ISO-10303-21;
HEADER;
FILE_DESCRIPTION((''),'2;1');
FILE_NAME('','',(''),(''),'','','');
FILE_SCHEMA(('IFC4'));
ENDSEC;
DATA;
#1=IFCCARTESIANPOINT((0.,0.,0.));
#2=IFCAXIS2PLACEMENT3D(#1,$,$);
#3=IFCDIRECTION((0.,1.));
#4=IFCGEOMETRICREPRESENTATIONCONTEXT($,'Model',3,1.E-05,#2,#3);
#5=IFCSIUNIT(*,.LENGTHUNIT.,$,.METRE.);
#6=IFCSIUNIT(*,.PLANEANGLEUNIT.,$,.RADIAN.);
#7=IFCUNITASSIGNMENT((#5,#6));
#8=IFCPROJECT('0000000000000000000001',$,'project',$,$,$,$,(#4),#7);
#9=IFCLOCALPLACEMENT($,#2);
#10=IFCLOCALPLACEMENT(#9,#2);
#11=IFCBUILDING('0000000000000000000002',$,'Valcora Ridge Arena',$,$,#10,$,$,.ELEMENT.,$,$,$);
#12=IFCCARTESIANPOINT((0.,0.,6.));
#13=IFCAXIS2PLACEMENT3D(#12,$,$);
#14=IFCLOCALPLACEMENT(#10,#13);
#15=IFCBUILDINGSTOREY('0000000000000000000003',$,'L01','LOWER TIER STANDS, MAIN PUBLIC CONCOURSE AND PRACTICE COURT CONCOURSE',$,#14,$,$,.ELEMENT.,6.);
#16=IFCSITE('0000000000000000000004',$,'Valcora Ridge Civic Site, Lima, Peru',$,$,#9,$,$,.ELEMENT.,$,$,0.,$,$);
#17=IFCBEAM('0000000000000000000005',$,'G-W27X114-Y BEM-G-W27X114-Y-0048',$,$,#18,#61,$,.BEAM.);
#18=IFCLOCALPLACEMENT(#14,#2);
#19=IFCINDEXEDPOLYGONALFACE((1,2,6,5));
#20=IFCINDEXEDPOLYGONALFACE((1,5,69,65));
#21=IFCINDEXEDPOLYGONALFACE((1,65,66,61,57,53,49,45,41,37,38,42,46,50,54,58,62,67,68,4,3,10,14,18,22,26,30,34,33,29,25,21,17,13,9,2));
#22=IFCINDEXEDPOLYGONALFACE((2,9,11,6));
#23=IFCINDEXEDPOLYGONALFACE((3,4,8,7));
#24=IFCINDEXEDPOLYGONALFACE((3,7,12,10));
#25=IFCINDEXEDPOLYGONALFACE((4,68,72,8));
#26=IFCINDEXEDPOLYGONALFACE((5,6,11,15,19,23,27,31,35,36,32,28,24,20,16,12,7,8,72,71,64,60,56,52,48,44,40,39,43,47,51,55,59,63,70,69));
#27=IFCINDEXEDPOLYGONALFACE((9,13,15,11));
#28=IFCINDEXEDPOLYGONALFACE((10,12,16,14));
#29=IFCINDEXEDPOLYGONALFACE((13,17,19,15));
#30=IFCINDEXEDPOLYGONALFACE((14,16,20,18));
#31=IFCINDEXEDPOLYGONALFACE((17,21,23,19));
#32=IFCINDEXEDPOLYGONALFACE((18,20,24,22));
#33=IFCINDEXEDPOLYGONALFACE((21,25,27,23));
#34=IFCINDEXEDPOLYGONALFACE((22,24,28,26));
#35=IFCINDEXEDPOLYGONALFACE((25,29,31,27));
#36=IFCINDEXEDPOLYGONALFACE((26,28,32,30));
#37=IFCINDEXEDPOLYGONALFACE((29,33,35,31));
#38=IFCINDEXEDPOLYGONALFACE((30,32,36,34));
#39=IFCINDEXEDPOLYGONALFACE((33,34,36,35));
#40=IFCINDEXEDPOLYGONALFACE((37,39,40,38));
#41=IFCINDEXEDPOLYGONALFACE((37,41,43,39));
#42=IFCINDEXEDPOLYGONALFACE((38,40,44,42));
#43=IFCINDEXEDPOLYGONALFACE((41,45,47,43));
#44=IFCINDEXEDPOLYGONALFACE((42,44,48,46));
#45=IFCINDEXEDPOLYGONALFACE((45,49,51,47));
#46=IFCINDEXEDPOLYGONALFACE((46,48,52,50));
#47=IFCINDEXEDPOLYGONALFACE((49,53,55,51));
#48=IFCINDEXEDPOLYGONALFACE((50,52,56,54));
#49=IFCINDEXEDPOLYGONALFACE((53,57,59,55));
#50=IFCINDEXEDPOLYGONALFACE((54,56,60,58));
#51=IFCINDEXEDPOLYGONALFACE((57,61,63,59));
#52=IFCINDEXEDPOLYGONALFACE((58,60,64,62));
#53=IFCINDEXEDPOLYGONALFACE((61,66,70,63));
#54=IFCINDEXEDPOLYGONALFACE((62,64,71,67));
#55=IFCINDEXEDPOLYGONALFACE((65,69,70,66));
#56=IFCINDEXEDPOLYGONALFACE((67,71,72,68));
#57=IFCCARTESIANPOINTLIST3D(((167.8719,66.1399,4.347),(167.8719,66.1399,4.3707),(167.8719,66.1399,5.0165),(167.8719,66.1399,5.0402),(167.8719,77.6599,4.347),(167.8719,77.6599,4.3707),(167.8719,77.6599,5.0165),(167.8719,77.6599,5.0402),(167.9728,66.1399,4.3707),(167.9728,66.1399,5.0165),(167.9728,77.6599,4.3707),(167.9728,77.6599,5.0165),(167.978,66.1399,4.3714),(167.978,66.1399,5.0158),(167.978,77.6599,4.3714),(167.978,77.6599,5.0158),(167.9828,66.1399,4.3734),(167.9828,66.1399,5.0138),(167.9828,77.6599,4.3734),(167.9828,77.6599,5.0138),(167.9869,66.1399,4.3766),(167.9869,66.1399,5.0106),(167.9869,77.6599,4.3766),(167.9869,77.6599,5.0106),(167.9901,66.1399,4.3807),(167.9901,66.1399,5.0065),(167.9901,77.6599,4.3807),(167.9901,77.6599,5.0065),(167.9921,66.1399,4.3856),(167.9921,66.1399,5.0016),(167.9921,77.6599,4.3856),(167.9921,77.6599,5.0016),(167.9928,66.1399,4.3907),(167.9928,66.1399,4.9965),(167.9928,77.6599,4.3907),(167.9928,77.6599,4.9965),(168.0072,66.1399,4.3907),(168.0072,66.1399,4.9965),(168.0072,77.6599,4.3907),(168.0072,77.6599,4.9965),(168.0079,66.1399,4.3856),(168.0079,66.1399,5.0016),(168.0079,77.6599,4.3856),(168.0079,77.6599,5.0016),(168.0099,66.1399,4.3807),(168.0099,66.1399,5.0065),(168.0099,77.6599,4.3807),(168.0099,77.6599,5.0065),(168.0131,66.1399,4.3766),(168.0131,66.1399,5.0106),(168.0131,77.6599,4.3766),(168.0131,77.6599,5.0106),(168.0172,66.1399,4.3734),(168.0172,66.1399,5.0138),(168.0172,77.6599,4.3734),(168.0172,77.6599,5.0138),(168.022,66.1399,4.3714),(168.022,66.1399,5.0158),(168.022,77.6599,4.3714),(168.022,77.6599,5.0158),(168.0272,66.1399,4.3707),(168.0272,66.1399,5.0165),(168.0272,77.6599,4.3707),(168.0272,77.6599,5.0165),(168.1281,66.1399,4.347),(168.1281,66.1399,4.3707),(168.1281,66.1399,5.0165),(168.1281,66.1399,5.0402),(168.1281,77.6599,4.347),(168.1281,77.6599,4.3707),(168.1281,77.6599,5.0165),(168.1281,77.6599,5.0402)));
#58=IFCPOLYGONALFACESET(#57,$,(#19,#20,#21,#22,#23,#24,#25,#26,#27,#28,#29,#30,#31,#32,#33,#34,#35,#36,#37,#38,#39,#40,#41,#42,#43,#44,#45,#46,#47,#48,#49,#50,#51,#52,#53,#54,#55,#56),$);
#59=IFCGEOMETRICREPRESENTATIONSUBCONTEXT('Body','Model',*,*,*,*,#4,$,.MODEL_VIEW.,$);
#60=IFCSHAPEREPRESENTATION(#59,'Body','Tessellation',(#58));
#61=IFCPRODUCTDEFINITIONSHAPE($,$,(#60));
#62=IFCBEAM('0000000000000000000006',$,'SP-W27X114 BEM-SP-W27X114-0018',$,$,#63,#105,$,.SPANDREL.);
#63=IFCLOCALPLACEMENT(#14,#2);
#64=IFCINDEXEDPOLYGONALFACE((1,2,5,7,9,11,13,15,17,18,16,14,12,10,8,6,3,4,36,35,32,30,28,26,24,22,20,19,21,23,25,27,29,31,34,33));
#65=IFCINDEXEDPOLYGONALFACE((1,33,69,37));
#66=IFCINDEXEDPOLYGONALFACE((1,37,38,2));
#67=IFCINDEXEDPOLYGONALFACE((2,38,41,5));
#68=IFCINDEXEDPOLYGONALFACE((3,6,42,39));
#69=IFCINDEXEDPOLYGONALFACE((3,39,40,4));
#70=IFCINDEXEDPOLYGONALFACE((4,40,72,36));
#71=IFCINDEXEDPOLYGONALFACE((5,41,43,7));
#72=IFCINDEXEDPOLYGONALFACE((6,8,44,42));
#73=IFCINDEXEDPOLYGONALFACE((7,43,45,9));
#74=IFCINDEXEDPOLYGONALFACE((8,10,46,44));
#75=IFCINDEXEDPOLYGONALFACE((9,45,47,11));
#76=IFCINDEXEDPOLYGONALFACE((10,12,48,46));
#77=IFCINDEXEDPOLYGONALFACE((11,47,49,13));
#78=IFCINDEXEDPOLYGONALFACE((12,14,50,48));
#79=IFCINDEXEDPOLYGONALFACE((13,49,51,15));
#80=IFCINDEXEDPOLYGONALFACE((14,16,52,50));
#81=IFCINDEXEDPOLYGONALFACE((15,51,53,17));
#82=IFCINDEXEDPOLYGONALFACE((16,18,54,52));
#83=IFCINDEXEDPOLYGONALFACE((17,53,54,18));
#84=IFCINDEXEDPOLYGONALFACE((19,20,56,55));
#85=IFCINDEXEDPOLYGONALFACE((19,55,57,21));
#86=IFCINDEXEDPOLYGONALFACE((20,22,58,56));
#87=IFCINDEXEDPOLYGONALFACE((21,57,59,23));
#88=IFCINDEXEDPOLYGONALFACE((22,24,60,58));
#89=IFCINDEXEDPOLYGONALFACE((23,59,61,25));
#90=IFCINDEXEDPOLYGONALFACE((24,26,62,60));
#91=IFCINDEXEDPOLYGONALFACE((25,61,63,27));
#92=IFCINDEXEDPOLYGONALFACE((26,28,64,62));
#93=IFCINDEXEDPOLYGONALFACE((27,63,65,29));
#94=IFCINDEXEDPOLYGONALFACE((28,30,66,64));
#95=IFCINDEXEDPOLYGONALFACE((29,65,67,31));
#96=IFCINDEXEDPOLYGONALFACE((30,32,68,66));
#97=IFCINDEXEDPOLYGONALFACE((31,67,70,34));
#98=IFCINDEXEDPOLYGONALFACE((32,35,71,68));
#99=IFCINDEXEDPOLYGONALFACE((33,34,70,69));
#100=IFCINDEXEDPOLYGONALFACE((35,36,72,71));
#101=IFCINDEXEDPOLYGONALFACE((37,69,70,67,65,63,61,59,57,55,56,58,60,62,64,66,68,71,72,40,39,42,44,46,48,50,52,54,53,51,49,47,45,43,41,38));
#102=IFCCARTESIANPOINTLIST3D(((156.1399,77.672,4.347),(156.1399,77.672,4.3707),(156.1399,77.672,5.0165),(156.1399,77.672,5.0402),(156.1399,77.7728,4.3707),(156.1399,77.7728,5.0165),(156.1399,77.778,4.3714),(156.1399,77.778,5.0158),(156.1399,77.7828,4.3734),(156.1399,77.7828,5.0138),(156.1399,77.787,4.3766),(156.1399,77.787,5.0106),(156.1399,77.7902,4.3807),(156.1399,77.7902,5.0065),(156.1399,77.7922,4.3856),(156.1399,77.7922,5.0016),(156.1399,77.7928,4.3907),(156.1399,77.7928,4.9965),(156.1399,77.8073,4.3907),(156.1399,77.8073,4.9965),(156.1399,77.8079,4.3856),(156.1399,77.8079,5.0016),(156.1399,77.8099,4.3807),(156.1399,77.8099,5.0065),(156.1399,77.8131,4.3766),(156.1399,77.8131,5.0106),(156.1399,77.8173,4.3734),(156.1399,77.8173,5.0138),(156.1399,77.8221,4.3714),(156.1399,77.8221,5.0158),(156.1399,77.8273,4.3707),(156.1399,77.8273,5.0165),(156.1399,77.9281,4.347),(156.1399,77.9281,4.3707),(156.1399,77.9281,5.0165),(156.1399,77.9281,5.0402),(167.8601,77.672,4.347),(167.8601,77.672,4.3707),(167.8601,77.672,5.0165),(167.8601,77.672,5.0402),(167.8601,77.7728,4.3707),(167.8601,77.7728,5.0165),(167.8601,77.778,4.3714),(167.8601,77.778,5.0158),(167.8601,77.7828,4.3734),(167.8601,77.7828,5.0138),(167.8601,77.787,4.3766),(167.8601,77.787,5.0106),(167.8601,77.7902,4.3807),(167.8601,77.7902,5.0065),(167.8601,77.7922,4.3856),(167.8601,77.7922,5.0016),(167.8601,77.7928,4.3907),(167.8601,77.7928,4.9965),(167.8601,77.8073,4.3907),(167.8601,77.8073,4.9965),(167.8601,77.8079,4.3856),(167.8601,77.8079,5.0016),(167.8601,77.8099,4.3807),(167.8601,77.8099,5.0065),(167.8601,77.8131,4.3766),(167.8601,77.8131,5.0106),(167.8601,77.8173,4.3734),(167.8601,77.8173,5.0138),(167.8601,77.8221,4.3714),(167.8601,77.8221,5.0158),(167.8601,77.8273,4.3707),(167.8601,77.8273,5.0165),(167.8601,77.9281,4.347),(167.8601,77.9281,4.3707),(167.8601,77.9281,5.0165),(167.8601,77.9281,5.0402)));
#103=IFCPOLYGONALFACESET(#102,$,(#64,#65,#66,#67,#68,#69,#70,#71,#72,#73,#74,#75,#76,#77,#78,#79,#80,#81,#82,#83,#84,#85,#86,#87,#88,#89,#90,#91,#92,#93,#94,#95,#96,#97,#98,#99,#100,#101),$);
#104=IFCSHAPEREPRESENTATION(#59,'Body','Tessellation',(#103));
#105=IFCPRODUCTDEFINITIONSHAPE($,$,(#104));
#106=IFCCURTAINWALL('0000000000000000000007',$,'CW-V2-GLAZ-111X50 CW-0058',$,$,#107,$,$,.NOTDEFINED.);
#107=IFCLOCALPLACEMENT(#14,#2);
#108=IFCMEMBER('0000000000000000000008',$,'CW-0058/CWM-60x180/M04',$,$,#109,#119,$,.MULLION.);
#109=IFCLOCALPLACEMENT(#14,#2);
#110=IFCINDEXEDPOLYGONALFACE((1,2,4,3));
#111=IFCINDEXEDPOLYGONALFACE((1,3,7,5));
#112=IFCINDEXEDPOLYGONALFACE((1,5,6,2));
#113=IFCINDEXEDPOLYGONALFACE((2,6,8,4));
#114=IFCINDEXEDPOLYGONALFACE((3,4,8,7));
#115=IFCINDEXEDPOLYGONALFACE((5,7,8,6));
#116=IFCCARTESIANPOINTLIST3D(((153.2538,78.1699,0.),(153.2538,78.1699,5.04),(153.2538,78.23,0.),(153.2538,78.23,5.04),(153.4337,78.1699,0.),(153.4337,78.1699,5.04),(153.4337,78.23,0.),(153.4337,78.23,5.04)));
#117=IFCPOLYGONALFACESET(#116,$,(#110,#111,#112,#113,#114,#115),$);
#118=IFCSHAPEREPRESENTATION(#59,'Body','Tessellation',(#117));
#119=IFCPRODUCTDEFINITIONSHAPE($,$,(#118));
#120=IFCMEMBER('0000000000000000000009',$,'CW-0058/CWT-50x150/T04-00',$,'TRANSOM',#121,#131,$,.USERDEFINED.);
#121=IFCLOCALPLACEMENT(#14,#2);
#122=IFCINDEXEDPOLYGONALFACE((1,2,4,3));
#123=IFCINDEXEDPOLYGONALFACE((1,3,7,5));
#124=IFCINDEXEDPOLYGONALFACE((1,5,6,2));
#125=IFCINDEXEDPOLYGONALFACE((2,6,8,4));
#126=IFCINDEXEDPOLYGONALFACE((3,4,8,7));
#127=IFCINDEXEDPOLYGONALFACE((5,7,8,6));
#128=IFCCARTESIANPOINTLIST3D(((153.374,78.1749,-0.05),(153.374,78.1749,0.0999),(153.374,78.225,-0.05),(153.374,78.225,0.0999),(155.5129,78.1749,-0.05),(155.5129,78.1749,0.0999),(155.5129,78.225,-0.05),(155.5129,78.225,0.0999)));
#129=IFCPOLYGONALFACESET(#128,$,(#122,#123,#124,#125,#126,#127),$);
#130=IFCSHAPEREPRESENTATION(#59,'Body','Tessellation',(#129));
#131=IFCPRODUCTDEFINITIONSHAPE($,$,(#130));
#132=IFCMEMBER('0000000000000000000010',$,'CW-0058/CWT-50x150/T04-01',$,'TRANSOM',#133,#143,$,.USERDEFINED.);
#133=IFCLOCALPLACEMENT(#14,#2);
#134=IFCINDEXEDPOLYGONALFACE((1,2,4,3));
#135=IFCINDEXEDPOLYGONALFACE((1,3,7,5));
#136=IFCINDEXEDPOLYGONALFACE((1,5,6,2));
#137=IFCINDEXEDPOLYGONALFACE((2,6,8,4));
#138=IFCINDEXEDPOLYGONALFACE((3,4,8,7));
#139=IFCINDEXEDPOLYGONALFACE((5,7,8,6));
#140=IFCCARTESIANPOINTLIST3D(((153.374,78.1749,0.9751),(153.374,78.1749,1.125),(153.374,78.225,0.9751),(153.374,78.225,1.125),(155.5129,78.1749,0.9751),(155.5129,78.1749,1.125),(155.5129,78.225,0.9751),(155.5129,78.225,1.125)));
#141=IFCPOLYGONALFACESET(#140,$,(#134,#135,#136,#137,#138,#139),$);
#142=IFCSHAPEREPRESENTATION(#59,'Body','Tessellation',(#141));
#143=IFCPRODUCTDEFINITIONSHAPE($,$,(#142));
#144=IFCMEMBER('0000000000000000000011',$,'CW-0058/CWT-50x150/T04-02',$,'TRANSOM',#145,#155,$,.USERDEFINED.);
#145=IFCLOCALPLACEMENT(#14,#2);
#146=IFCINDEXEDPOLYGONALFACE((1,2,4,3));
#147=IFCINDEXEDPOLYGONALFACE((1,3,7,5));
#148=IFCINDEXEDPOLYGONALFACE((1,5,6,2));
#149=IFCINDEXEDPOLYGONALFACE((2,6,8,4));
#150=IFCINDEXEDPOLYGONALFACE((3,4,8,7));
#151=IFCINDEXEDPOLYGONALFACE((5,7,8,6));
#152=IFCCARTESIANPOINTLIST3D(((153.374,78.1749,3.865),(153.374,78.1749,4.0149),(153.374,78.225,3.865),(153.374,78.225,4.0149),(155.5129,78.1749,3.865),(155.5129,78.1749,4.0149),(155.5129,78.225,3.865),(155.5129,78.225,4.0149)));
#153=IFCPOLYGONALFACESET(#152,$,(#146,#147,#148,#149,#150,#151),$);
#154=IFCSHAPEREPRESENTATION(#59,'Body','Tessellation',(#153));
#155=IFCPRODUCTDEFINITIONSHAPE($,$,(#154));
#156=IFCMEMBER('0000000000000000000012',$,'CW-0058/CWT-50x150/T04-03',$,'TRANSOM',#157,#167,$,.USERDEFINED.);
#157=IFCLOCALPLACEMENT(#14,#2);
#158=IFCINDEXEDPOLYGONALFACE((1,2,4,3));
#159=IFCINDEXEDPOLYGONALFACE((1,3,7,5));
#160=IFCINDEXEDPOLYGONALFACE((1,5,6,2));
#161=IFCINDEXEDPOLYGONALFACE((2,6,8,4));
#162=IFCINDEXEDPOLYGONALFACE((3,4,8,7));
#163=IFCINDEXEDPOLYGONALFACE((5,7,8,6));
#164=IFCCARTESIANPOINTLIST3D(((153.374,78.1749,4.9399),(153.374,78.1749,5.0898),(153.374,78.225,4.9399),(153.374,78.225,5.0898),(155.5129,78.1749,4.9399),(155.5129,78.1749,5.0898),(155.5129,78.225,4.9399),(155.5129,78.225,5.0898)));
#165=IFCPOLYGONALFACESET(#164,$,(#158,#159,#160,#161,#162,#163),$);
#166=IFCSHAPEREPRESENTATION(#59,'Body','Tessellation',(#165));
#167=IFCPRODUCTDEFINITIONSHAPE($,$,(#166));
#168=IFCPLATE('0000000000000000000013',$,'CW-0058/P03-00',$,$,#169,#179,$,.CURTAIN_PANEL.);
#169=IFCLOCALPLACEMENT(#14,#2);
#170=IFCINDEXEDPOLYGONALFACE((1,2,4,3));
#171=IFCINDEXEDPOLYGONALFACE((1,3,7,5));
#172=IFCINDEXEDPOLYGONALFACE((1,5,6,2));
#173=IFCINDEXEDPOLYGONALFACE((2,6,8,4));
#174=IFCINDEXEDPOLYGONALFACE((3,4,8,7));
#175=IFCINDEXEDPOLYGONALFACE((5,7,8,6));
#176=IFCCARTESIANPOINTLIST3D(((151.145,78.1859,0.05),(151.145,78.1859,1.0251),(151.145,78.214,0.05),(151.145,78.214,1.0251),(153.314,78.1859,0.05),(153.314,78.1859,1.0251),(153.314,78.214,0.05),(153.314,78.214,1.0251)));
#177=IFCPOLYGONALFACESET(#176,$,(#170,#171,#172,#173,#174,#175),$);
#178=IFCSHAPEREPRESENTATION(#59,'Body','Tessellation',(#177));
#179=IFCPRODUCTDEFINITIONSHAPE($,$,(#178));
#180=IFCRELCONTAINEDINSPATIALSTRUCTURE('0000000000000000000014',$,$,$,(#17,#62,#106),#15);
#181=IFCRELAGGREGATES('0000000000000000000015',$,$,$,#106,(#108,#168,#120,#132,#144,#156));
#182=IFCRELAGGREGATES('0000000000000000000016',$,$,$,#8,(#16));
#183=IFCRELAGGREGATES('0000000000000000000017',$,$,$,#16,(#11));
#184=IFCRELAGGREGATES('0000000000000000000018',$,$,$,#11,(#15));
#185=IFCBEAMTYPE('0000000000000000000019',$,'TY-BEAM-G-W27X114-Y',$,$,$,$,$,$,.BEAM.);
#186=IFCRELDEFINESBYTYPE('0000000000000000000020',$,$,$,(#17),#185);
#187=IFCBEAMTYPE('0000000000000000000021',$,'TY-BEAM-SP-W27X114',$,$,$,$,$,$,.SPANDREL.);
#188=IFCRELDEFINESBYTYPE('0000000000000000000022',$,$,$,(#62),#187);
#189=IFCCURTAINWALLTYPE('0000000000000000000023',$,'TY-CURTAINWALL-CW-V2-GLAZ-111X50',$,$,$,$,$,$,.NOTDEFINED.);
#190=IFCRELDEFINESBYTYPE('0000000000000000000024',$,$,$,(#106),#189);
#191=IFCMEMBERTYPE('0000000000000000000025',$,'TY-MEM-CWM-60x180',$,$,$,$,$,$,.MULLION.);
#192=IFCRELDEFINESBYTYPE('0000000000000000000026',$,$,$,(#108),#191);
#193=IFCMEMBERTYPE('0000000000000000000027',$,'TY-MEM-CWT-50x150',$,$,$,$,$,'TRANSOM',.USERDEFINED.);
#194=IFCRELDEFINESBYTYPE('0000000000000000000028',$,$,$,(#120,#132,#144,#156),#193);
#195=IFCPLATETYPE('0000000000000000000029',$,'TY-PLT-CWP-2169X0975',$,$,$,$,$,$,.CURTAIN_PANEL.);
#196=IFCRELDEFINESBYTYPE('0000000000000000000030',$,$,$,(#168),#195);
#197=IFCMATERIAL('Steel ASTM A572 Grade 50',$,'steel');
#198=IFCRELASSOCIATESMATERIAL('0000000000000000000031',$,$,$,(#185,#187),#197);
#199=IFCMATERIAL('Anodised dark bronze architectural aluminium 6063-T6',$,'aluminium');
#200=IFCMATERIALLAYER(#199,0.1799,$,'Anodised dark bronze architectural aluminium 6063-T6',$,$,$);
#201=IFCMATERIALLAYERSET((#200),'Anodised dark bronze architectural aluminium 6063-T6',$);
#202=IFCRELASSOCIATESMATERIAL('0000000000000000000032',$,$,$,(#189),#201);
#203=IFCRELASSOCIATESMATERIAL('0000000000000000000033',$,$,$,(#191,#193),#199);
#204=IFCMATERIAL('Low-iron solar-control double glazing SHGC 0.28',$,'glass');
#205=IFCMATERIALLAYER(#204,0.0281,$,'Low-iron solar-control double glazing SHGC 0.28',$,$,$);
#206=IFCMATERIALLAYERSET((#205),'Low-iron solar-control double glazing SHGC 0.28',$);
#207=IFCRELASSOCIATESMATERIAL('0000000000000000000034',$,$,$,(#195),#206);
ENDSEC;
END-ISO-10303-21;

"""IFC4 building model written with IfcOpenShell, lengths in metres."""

from ifc_helpers import new_model, si_unit, direction, frame, origin, origin_2d, place, context, subcontext, project, spatial, rectangle, i_section, extrude, material, layer, layer_set, material_profile, profile_set, type_object, element, aggregate, save


model = new_model("IFC4")

# Units and contexts
model_context = context("Model", 3, precision=1e-05, world=origin(), true_north=direction((0.0, 1.0)))
body_context = subcontext(model_context, "Body", "Model", "MODEL_VIEW")
ifc_project = project(units=[si_unit("LENGTHUNIT", "METRE"), si_unit("PLANEANGLEUNIT", "RADIAN")], contexts=[model_context])

# Site, building, storey
site_placement = place(None, origin())
site = spatial("IfcSite", under=ifc_project, at=site_placement, Name="Valcora Ridge Civic Site, Lima, Peru", CompositionType="ELEMENT", RefElevation=0.0)
building_placement = place(site_placement, origin())
building = spatial("IfcBuilding", under=site, at=building_placement, Name="Valcora Ridge Arena", CompositionType="ELEMENT")
storey_placement = place(building_placement, frame((0.0, 0.0, 6.0)))
storey = spatial("IfcBuildingStorey", under=building, at=storey_placement, Name="L01", Description="LOWER TIER STANDS, MAIN PUBLIC CONCOURSE AND PRACTICE COURT CONCOURSE", CompositionType="ELEMENT", Elevation=6.0)

# Shared definitions
ifc_material_1 = material(Name="Steel ASTM A572 Grade 50", Category="steel")

# Beams
ifc_material_profile_1 = material_profile(ifc_material_1, i_section(OverallWidth=0.2561, OverallDepth=0.6931, WebThickness=0.0144, FlangeThickness=0.0237, FilletRadius=0.02, at=origin_2d()), Name="W27X114")
ifc_profile_set_1 = profile_set([ifc_material_profile_1], Name="Steel ASTM A572 Grade 50")
beam_type_1 = type_object("IfcBeamType", Name="TY-BEAM-G-W27X114-Y", PredefinedType="BEAM", material=ifc_profile_set_1)
beam_1_placement = place(storey_placement, frame((168.0, 66.1399, 4.6936), z_axis=(0.0, 1.0, 0.0), x_axis=(-1.0, 0.0, 0.0)))
element("IfcBeam", 1, at=beam_1_placement, inside=storey, type_object=beam_type_1, Name="G-W27X114-Y BEM-G-W27X114-Y-0048", PredefinedType="BEAM", context=body_context, shape_type="SweptSolid", body=[
    extrude(i_section(OverallWidth=0.2561, OverallDepth=0.6931, WebThickness=0.0144, FlangeThickness=0.0237, FilletRadius=0.02, at=origin_2d()), origin(), (0.0, 0.0, 1.0), 11.52),
])
ifc_material_profile_2 = material_profile(ifc_material_1, i_section(OverallWidth=0.2561, OverallDepth=0.6931, WebThickness=0.0144, FlangeThickness=0.0237, FilletRadius=0.02, at=origin_2d()), Name="W27X114")
ifc_profile_set_2 = profile_set([ifc_material_profile_2], Name="Steel ASTM A572 Grade 50")
beam_type_2 = type_object("IfcBeamType", Name="TY-BEAM-SP-W27X114", PredefinedType="SPANDREL", material=ifc_profile_set_2)
beam_2_placement = place(storey_placement, frame((156.1399, 77.8, 4.6936), z_axis=(1.0, 0.0, 0.0), x_axis=(0.0, 1.0, 0.0)))
element("IfcBeam", 2, at=beam_2_placement, inside=storey, type_object=beam_type_2, Name="SP-W27X114 BEM-SP-W27X114-0018", PredefinedType="SPANDREL", context=body_context, shape_type="SweptSolid", body=[
    extrude(i_section(OverallWidth=0.2561, OverallDepth=0.6931, WebThickness=0.0144, FlangeThickness=0.0237, FilletRadius=0.02, at=origin_2d()), origin(), (0.0, 0.0, 1.0), 11.7202),
])

# Curtain wall, members, plate
ifc_material_2 = material(Name="Anodised dark bronze architectural aluminium 6063-T6", Category="aluminium")
ifc_layer_1 = layer(ifc_material_2, 0.1799, Name="Anodised dark bronze architectural aluminium 6063-T6")
ifc_layer_set_1 = layer_set([ifc_layer_1], Name="Anodised dark bronze architectural aluminium 6063-T6")
curtain_wall_type = type_object("IfcCurtainWallType", Name="TY-CURTAINWALL-CW-V2-GLAZ-111X50", PredefinedType="NOTDEFINED", material=ifc_layer_set_1)
curtain_wall_placement = place(storey_placement, origin())
curtain_wall = element("IfcCurtainWall", 3, at=curtain_wall_placement, inside=storey, type_object=curtain_wall_type, Name="CW-V2-GLAZ-111X50 CW-0058", PredefinedType="NOTDEFINED")
ifc_material_profile_3 = material_profile(ifc_material_2, rectangle(XDim=0.0601, YDim=0.1799, at=origin_2d()), Name="ALU MULLION 60x180")
ifc_profile_set_3 = profile_set([ifc_material_profile_3], Name="Anodised dark bronze architectural aluminium 6063-T6")
member_type_1 = type_object("IfcMemberType", Name="TY-MEM-CWM-60x180", PredefinedType="MULLION", material=ifc_profile_set_3)
member_1_placement = place(storey_placement, frame((153.3438, 78.2, 0.0), z_axis=(0.0, 0.0, 1.0), x_axis=(0.0, 1.0, 0.0)))
member_1 = element("IfcMember", 4, at=member_1_placement, type_object=member_type_1, Name="CW-0058/CWM-60x180/M04", PredefinedType="MULLION", context=body_context, shape_type="SweptSolid", body=[
    extrude(rectangle(XDim=0.0601, YDim=0.1799, at=origin_2d()), origin(), (0.0, 0.0, 1.0), 5.04),
])
ifc_material_profile_4 = material_profile(ifc_material_2, rectangle(XDim=0.05, YDim=0.1499, at=origin_2d()), Name="ALU TRANSOM 50x150")
ifc_profile_set_4 = profile_set([ifc_material_profile_4], Name="Anodised dark bronze architectural aluminium 6063-T6")
member_type_2 = type_object("IfcMemberType", Name="TY-MEM-CWT-50x150", ElementType="TRANSOM", PredefinedType="USERDEFINED", material=ifc_profile_set_4)
member_2_placement = place(storey_placement, frame((153.374, 78.2, 0.0249), z_axis=(1.0, 0.0, 0.0), x_axis=(0.0, 1.0, 0.0)))
member_2 = element("IfcMember", 5, at=member_2_placement, type_object=member_type_2, Name="CW-0058/CWT-50x150/T04-00", ObjectType="TRANSOM", PredefinedType="USERDEFINED", context=body_context, shape_type="SweptSolid", body=[
    extrude(rectangle(XDim=0.05, YDim=0.1499, at=origin_2d()), origin(), (0.0, 0.0, 1.0), 2.1389),
])
member_3_placement = place(storey_placement, frame((153.374, 78.2, 1.05), z_axis=(1.0, 0.0, 0.0), x_axis=(0.0, 1.0, 0.0)))
member_3 = element("IfcMember", 6, at=member_3_placement, type_object=member_type_2, Name="CW-0058/CWT-50x150/T04-01", ObjectType="TRANSOM", PredefinedType="USERDEFINED", context=body_context, shape_type="SweptSolid", body=[
    extrude(rectangle(XDim=0.05, YDim=0.1499, at=origin_2d()), origin(), (0.0, 0.0, 1.0), 2.1389),
])
member_4_placement = place(storey_placement, frame((153.374, 78.2, 3.9399), z_axis=(1.0, 0.0, 0.0), x_axis=(0.0, 1.0, 0.0)))
member_4 = element("IfcMember", 7, at=member_4_placement, type_object=member_type_2, Name="CW-0058/CWT-50x150/T04-02", ObjectType="TRANSOM", PredefinedType="USERDEFINED", context=body_context, shape_type="SweptSolid", body=[
    extrude(rectangle(XDim=0.05, YDim=0.1499, at=origin_2d()), origin(), (0.0, 0.0, 1.0), 2.1389),
])
member_5_placement = place(storey_placement, frame((153.374, 78.2, 5.0149), z_axis=(1.0, 0.0, 0.0), x_axis=(0.0, 1.0, 0.0)))
member_5 = element("IfcMember", 8, at=member_5_placement, type_object=member_type_2, Name="CW-0058/CWT-50x150/T04-03", ObjectType="TRANSOM", PredefinedType="USERDEFINED", context=body_context, shape_type="SweptSolid", body=[
    extrude(rectangle(XDim=0.05, YDim=0.1499, at=origin_2d()), origin(), (0.0, 0.0, 1.0), 2.1389),
])
ifc_material_3 = material(Name="Low-iron solar-control double glazing SHGC 0.28", Category="glass")
ifc_layer_2 = layer(ifc_material_3, 0.0281, Name="Low-iron solar-control double glazing SHGC 0.28")
ifc_layer_set_2 = layer_set([ifc_layer_2], Name="Low-iron solar-control double glazing SHGC 0.28")
plate_type_1 = type_object("IfcPlateType", Name="TY-PLT-CWP-2169X0975", PredefinedType="CURTAIN_PANEL", material=ifc_layer_set_2)
plate_1_placement = place(storey_placement, frame((152.2295, 78.2, 0.05), z_axis=(0.0, 0.0, 1.0), x_axis=(1.0, 0.0, 0.0)))
plate_1 = element("IfcPlate", 9, at=plate_1_placement, type_object=plate_type_1, Name="CW-0058/P03-00", PredefinedType="CURTAIN_PANEL", context=body_context, shape_type="SweptSolid", body=[
    extrude(rectangle(XDim=2.1689, YDim=0.0281, at=origin_2d()), origin(), (0.0, 0.0, 1.0), 0.9751),
])
aggregate(curtain_wall, [member_1, plate_1, member_2, member_3, member_4, member_5])

save(model, "model.ifc")
